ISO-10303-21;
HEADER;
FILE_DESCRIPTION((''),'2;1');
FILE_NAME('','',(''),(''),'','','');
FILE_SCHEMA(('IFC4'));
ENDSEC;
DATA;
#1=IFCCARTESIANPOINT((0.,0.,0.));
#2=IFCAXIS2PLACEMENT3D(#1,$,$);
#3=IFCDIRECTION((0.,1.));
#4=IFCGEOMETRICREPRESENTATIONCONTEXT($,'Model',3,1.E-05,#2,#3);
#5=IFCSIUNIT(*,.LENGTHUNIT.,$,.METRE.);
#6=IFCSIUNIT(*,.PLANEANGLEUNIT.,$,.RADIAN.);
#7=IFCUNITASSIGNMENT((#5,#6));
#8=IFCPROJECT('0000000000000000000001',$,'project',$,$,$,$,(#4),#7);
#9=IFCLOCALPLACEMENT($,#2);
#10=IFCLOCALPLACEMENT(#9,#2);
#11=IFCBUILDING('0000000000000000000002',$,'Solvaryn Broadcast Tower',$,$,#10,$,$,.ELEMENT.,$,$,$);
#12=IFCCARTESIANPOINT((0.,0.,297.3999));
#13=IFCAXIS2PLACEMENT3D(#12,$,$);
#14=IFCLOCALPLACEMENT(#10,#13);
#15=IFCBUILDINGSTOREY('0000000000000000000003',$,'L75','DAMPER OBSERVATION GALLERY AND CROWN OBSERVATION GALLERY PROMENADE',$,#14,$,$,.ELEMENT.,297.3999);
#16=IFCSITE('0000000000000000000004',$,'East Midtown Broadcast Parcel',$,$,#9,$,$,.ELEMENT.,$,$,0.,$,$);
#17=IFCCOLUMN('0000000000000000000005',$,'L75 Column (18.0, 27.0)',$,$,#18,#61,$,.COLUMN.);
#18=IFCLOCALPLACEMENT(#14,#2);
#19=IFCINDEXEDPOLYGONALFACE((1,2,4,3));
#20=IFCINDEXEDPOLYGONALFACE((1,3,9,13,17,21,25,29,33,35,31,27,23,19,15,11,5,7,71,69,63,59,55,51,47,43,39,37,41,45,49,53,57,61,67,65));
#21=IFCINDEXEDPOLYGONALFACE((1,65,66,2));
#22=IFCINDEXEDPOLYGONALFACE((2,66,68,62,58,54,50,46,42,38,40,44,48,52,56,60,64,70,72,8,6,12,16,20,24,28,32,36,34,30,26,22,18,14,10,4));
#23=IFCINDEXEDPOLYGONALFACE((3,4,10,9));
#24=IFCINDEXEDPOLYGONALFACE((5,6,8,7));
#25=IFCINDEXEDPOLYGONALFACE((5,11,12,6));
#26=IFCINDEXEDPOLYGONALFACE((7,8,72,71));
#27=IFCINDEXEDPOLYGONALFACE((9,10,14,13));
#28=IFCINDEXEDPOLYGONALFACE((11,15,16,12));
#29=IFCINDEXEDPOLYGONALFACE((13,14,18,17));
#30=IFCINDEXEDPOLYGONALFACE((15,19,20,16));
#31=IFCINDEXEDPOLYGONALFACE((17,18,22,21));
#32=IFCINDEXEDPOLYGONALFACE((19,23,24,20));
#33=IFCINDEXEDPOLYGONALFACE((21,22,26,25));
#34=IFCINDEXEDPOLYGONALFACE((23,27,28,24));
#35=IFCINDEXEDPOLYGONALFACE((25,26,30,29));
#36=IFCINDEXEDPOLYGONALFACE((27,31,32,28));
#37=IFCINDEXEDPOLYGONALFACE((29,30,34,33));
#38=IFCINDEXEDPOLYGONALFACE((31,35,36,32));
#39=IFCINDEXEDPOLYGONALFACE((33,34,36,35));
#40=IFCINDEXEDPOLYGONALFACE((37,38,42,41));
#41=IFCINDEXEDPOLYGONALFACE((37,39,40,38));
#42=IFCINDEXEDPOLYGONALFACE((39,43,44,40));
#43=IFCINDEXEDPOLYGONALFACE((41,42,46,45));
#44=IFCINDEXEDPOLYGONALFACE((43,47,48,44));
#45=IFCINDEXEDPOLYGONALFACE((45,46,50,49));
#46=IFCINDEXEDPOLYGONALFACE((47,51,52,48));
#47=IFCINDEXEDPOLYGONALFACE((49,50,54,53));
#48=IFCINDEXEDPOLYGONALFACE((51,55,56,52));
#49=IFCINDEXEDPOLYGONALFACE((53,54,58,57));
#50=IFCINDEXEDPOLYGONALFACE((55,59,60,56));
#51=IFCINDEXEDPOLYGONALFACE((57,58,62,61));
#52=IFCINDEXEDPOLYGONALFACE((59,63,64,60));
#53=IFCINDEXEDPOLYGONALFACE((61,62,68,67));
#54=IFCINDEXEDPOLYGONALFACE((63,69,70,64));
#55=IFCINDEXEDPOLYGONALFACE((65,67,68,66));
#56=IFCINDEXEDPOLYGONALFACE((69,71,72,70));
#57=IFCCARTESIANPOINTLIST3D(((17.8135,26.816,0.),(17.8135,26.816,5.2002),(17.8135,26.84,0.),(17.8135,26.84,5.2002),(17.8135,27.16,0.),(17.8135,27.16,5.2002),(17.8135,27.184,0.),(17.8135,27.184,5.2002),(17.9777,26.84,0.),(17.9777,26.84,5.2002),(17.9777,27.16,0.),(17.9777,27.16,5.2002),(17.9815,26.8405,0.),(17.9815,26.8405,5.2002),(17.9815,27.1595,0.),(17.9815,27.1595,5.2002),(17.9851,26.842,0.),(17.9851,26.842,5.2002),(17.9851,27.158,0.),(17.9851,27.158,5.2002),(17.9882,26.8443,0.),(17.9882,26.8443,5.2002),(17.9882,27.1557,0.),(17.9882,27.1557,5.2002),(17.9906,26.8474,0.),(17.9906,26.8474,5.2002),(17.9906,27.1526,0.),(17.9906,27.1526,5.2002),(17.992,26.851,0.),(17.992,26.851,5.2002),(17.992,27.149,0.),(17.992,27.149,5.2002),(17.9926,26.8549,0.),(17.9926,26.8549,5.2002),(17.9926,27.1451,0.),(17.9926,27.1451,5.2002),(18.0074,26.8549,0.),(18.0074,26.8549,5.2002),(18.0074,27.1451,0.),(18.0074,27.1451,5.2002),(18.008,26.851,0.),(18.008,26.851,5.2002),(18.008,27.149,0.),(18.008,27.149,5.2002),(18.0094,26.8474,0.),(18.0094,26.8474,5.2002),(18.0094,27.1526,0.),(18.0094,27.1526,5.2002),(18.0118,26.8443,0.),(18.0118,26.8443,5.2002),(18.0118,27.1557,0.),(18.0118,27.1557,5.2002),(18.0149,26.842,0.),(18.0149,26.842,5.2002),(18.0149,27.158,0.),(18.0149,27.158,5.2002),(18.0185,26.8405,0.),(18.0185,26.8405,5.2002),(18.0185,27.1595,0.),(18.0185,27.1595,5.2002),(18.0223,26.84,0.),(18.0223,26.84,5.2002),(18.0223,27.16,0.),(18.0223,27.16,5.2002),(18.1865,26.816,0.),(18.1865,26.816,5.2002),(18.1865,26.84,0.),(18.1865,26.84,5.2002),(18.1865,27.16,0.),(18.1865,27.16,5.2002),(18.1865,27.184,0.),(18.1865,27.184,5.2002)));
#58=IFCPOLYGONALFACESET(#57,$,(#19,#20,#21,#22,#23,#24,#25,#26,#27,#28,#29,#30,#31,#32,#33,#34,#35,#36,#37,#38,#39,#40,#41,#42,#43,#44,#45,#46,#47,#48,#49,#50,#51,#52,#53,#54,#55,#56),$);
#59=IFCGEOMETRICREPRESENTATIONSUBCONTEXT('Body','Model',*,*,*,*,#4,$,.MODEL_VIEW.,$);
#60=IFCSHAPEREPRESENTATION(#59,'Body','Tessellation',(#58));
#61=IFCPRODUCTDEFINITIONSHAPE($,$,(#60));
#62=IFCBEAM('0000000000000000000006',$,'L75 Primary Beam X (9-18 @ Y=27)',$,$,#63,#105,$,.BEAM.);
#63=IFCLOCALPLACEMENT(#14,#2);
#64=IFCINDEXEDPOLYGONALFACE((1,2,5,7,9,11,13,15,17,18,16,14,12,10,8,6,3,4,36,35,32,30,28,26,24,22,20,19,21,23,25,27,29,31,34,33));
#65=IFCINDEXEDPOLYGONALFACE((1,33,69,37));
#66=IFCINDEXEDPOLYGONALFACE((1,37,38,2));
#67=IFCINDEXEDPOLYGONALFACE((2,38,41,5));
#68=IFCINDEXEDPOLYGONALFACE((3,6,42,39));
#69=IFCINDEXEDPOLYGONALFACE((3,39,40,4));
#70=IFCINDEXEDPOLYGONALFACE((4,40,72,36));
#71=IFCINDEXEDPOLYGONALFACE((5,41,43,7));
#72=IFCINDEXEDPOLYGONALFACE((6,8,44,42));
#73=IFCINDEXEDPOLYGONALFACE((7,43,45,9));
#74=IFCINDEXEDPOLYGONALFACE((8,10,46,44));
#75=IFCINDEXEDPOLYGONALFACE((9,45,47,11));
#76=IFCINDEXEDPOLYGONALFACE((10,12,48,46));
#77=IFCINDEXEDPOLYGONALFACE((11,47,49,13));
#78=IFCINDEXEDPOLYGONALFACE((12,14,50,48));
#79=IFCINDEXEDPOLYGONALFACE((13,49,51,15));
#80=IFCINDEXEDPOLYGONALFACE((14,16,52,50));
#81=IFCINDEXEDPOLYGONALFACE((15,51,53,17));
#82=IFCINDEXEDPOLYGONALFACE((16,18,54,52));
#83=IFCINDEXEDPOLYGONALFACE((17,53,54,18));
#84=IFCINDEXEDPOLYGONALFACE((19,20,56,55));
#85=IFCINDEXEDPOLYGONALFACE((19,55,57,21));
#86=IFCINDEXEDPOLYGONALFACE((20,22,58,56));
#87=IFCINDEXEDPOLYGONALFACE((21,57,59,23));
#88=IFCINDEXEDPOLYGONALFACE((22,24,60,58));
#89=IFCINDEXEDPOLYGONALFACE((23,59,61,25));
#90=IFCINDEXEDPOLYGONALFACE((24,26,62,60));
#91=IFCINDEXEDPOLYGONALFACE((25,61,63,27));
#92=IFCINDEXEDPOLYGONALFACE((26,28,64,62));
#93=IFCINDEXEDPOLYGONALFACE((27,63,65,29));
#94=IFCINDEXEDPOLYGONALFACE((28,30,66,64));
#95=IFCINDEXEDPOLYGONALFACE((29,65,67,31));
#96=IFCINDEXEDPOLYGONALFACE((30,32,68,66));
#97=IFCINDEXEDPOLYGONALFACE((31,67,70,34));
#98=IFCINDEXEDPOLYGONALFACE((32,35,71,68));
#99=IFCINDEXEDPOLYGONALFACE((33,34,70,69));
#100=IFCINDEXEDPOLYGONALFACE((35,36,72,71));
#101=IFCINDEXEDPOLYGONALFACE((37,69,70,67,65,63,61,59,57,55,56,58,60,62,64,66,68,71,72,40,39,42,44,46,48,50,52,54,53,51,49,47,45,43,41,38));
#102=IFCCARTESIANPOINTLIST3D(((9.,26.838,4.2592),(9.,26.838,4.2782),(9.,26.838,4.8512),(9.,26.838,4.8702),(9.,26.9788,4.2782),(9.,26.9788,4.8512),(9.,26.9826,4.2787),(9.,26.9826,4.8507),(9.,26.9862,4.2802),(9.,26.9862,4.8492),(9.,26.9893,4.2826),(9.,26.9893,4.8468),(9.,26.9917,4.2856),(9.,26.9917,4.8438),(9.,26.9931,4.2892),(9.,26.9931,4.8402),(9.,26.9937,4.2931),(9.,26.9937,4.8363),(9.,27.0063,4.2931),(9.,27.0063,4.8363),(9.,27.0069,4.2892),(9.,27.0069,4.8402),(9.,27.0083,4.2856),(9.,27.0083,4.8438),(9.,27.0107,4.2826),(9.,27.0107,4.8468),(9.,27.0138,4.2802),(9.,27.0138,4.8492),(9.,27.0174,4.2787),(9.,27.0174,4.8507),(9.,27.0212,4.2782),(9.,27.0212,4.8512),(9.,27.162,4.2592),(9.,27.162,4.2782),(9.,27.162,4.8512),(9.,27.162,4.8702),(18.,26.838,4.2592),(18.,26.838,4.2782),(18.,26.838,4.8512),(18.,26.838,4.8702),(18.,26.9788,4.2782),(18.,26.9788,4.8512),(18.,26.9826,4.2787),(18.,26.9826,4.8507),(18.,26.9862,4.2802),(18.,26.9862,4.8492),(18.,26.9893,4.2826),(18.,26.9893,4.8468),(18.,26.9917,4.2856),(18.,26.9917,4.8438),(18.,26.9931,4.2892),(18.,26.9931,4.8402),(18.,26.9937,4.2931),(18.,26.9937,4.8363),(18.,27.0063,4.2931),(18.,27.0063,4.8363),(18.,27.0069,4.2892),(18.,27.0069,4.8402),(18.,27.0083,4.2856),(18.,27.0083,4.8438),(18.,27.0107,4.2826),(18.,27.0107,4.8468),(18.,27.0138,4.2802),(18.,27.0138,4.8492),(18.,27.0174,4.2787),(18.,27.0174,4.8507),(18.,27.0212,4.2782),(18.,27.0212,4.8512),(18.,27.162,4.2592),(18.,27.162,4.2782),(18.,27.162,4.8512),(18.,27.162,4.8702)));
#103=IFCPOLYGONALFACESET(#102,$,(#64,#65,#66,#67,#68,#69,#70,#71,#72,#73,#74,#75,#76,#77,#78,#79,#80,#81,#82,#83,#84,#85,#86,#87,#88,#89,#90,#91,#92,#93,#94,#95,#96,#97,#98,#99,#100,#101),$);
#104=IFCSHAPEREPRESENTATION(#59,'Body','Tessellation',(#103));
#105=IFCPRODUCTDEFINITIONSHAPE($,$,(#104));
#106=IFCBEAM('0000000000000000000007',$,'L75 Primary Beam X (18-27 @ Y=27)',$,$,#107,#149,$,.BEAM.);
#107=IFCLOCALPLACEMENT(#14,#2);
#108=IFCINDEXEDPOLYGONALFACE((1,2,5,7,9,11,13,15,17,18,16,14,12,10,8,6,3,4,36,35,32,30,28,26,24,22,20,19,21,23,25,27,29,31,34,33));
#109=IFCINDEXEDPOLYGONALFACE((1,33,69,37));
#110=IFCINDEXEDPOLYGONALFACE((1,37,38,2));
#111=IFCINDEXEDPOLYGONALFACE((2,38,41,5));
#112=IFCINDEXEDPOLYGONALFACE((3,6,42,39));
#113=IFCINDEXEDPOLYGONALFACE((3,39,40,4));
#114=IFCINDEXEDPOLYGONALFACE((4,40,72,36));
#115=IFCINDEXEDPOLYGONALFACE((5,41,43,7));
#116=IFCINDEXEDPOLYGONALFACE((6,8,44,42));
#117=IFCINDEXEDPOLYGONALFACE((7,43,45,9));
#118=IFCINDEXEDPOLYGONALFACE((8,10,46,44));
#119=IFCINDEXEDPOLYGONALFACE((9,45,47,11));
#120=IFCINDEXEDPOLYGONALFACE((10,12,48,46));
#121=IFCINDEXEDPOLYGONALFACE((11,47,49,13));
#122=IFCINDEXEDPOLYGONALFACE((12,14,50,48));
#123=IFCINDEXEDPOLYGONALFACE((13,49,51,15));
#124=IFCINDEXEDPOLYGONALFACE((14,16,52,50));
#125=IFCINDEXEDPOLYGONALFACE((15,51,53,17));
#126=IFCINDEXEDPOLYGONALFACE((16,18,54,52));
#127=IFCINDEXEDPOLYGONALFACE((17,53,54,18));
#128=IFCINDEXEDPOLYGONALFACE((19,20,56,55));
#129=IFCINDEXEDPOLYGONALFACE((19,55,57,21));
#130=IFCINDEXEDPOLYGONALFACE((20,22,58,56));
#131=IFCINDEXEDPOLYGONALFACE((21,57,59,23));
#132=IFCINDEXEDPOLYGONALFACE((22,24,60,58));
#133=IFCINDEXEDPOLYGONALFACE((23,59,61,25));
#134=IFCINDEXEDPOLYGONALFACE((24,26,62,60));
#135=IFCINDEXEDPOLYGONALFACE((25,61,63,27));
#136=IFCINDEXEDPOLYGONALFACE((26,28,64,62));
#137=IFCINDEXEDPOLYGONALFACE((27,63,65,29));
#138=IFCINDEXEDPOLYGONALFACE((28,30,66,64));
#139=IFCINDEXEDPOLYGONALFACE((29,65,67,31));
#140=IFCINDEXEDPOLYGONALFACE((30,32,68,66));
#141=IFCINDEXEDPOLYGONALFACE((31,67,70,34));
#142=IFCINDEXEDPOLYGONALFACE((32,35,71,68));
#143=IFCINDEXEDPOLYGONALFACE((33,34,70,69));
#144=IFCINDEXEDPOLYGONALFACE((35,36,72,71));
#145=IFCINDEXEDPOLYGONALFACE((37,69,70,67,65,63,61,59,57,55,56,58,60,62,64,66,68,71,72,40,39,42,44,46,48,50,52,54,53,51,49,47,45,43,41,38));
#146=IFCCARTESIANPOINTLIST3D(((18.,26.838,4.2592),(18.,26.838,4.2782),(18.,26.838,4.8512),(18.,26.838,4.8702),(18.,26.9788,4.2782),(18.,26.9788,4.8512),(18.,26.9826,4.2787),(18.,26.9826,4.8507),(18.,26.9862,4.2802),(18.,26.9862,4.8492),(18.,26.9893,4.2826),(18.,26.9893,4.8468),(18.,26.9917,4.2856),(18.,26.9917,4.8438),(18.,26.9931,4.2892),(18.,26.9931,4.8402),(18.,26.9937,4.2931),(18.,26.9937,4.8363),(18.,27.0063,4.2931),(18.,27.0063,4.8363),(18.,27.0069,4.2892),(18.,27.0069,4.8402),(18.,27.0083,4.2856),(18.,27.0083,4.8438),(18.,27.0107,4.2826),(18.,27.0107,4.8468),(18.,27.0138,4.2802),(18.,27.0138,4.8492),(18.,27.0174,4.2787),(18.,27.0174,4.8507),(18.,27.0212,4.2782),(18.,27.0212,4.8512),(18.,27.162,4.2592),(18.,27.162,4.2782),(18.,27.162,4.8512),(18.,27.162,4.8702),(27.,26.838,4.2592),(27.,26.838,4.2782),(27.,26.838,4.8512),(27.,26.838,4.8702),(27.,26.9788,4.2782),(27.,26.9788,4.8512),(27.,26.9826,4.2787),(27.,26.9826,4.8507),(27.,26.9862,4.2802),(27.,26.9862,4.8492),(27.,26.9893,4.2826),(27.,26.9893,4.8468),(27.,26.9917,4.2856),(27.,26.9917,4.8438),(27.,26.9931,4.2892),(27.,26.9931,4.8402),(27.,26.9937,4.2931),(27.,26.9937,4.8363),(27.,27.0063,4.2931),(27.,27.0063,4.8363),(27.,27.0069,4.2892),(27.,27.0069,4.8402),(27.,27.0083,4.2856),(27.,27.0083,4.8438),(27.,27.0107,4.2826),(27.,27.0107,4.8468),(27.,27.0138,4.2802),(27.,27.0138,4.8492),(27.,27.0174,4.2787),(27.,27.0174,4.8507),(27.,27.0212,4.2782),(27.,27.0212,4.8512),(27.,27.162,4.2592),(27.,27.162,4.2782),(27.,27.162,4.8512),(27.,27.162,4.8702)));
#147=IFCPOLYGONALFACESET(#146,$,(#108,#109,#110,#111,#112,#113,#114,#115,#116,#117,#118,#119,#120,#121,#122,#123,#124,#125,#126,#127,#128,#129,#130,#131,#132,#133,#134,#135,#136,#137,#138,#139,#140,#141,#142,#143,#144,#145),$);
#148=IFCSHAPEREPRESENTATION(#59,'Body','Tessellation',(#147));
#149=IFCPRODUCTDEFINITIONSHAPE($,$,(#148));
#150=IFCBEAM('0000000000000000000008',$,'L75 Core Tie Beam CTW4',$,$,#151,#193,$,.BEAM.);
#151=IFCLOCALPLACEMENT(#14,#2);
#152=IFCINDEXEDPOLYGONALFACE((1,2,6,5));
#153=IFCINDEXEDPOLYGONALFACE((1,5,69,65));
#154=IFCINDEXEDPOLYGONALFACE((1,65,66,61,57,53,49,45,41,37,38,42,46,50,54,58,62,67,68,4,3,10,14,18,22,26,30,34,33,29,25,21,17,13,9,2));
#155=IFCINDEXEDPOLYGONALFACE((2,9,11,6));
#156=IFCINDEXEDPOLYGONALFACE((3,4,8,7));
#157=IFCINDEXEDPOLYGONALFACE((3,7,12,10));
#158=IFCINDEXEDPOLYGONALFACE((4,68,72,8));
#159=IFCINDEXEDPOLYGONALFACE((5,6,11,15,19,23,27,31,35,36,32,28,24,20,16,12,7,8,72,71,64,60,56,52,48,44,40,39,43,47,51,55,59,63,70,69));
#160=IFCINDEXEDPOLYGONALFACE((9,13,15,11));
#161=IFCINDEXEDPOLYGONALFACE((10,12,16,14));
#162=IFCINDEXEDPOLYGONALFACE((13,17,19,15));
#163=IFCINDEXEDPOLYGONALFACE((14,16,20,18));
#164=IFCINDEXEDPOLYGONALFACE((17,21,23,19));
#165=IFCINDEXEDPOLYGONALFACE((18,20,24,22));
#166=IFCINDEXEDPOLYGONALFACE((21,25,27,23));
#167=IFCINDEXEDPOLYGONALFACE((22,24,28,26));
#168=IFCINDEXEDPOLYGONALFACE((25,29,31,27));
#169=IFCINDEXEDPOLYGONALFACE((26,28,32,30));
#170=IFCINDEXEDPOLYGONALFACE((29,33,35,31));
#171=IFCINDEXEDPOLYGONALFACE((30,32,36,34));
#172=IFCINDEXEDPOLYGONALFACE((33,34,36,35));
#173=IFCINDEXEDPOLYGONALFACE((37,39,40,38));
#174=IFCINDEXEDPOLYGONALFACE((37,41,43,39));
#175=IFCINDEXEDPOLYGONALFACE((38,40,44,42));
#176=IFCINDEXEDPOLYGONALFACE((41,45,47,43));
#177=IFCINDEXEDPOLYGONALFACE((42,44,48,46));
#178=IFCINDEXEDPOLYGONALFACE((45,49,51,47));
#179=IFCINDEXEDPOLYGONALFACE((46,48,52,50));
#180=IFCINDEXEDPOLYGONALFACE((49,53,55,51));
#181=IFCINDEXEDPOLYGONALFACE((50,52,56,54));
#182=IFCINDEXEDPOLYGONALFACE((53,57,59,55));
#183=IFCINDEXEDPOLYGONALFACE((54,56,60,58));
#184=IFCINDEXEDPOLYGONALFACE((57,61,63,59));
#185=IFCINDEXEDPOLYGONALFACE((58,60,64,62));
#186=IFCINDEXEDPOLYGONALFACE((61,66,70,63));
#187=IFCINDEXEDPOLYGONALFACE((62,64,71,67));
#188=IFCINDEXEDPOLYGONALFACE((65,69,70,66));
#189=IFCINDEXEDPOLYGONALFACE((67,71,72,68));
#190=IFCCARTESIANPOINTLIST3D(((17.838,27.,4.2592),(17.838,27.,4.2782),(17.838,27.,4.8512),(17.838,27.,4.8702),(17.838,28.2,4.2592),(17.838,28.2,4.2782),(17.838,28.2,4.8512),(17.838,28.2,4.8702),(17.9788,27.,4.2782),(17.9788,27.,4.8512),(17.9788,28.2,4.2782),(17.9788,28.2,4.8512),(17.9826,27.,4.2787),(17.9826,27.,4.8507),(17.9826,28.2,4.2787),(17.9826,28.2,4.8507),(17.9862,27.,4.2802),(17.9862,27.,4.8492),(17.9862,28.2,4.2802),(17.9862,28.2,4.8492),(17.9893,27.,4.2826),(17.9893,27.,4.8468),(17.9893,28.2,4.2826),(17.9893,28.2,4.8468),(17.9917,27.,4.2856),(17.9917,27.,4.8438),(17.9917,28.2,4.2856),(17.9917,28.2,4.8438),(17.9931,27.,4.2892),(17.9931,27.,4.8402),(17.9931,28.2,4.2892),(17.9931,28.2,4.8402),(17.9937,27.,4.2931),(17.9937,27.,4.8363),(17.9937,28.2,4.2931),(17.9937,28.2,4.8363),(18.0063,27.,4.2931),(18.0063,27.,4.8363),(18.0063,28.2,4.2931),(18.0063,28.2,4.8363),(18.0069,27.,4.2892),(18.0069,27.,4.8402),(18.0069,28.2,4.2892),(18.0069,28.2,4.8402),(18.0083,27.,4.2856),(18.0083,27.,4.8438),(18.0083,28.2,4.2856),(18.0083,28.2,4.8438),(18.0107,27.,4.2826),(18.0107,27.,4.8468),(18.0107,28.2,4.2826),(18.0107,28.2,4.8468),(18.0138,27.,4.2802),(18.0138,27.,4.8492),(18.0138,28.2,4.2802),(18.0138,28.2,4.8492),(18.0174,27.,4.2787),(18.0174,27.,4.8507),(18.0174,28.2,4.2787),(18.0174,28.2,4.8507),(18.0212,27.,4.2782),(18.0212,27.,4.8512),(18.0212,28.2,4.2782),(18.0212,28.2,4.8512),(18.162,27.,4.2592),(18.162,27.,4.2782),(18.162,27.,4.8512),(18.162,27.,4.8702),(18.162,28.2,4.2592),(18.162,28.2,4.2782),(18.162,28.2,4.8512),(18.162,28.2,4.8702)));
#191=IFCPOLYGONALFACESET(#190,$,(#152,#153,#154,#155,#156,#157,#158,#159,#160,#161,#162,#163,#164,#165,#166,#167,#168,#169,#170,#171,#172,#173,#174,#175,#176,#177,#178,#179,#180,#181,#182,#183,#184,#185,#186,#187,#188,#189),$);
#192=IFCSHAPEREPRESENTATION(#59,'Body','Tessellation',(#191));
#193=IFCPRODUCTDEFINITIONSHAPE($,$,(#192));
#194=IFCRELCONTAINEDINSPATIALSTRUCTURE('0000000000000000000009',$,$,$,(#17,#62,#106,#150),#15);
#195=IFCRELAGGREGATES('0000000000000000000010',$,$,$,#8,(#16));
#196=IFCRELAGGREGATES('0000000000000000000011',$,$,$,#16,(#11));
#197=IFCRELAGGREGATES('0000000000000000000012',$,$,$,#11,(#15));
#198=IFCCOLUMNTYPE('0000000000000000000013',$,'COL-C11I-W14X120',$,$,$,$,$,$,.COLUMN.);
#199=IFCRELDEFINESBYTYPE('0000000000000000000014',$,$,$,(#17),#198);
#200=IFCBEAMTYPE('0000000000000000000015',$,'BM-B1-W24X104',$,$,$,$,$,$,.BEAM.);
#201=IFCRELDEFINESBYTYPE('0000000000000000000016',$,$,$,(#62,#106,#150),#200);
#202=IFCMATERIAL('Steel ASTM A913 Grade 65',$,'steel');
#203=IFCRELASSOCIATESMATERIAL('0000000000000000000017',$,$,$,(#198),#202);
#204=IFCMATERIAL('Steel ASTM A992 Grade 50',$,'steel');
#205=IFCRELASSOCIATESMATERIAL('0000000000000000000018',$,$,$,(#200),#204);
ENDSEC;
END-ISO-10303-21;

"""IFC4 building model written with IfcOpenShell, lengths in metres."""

from ifc_helpers import new_model, si_unit, direction, frame, origin, origin_2d, place, context, subcontext, project, spatial, i_section, extrude, material, material_profile, profile_set, type_object, element, save


model = new_model("IFC4")

# Units and contexts
model_context = context("Model", 3, precision=1e-05, world=origin(), true_north=direction((0.0, 1.0)))
body_context = subcontext(model_context, "Body", "Model", "MODEL_VIEW")
ifc_project = project(units=[si_unit("LENGTHUNIT", "METRE"), si_unit("PLANEANGLEUNIT", "RADIAN")], contexts=[model_context])

# Site, building, storey
site_placement = place(None, origin())
site = spatial("IfcSite", under=ifc_project, at=site_placement, Name="East Midtown Broadcast Parcel", CompositionType="ELEMENT", RefElevation=0.0)
building_placement = place(site_placement, origin())
building = spatial("IfcBuilding", under=site, at=building_placement, Name="Solvaryn Broadcast Tower", CompositionType="ELEMENT")
storey_placement = place(building_placement, frame((0.0, 0.0, 297.3999)))
storey = spatial("IfcBuildingStorey", under=building, at=storey_placement, Name="L75", Description="DAMPER OBSERVATION GALLERY AND CROWN OBSERVATION GALLERY PROMENADE", CompositionType="ELEMENT", Elevation=297.3999)

# Column
ifc_material_1 = material(Name="Steel ASTM A913 Grade 65", Category="steel")
ifc_material_profile_1 = material_profile(ifc_material_1, i_section(OverallWidth=0.373, OverallDepth=0.3679, WebThickness=0.0149, FlangeThickness=0.0239, FilletRadius=0.0149, at=origin_2d()))
ifc_profile_set_1 = profile_set([ifc_material_profile_1], Name="Steel ASTM A913 Grade 65")
column_type = type_object("IfcColumnType", Name="COL-C11I-W14X120", PredefinedType="COLUMN", material=ifc_profile_set_1)
column_placement = place(storey_placement, frame((18.0, 27.0, 0.0), z_axis=(0.0, 0.0, 1.0), x_axis=(1.0, 0.0, 0.0)))
element("IfcColumn", 1, at=column_placement, inside=storey, type_object=column_type, Name="L75 Column (18.0, 27.0)", PredefinedType="COLUMN", context=body_context, shape_type="SweptSolid", body=[
    extrude(i_section(OverallWidth=0.373, OverallDepth=0.3679, WebThickness=0.0149, FlangeThickness=0.0239, FilletRadius=0.0149, at=origin_2d()), origin(), (0.0, 0.0, 1.0), 5.2002),
])

# Beams
ifc_material_2 = material(Name="Steel ASTM A992 Grade 50", Category="steel")
ifc_material_profile_2 = material_profile(ifc_material_2, i_section(OverallWidth=0.324, OverallDepth=0.6111, WebThickness=0.0127, FlangeThickness=0.019, FilletRadius=0.0149, at=origin_2d()))
ifc_profile_set_2 = profile_set([ifc_material_profile_2], Name="Steel ASTM A992 Grade 50")
beam_type_1 = type_object("IfcBeamType", Name="BM-B1-W24X104", PredefinedType="BEAM", material=ifc_profile_set_2)
for number, where, z_axis, x_axis, name in (
    (2, (9.0, 27.0, 4.5647), (1.0, 0.0, 0.0), (0.0, 1.0, 0.0), "L75 Primary Beam X (9-18 @ Y=27)"),
    (3, (18.0, 27.0, 4.5647), (1.0, 0.0, 0.0), (0.0, 1.0, 0.0), "L75 Primary Beam X (18-27 @ Y=27)"),
):
    element("IfcBeam", number, at=place(storey_placement, frame(where, z_axis=z_axis, x_axis=x_axis)), inside=storey, type_object=beam_type_1, Name=name, PredefinedType="BEAM", context=body_context, shape_type="SweptSolid", body=[
        extrude(i_section(OverallWidth=0.324, OverallDepth=0.6111, WebThickness=0.0127, FlangeThickness=0.019, FilletRadius=0.0149, at=origin_2d()), origin(), (0.0, 0.0, 1.0), 9.0),
    ])
beam_1_placement = place(storey_placement, frame((18.0, 27.0, 4.5647), z_axis=(0.0, 1.0, 0.0), x_axis=(-1.0, 0.0, 0.0)))
element("IfcBeam", 4, at=beam_1_placement, inside=storey, type_object=beam_type_1, Name="L75 Core Tie Beam CTW4", PredefinedType="BEAM", context=body_context, shape_type="SweptSolid", body=[
    extrude(i_section(OverallWidth=0.324, OverallDepth=0.6111, WebThickness=0.0127, FlangeThickness=0.019, FilletRadius=0.0149, at=origin_2d()), origin(), (0.0, 0.0, 1.0), 1.2),
])

save(model, "model.ifc")
